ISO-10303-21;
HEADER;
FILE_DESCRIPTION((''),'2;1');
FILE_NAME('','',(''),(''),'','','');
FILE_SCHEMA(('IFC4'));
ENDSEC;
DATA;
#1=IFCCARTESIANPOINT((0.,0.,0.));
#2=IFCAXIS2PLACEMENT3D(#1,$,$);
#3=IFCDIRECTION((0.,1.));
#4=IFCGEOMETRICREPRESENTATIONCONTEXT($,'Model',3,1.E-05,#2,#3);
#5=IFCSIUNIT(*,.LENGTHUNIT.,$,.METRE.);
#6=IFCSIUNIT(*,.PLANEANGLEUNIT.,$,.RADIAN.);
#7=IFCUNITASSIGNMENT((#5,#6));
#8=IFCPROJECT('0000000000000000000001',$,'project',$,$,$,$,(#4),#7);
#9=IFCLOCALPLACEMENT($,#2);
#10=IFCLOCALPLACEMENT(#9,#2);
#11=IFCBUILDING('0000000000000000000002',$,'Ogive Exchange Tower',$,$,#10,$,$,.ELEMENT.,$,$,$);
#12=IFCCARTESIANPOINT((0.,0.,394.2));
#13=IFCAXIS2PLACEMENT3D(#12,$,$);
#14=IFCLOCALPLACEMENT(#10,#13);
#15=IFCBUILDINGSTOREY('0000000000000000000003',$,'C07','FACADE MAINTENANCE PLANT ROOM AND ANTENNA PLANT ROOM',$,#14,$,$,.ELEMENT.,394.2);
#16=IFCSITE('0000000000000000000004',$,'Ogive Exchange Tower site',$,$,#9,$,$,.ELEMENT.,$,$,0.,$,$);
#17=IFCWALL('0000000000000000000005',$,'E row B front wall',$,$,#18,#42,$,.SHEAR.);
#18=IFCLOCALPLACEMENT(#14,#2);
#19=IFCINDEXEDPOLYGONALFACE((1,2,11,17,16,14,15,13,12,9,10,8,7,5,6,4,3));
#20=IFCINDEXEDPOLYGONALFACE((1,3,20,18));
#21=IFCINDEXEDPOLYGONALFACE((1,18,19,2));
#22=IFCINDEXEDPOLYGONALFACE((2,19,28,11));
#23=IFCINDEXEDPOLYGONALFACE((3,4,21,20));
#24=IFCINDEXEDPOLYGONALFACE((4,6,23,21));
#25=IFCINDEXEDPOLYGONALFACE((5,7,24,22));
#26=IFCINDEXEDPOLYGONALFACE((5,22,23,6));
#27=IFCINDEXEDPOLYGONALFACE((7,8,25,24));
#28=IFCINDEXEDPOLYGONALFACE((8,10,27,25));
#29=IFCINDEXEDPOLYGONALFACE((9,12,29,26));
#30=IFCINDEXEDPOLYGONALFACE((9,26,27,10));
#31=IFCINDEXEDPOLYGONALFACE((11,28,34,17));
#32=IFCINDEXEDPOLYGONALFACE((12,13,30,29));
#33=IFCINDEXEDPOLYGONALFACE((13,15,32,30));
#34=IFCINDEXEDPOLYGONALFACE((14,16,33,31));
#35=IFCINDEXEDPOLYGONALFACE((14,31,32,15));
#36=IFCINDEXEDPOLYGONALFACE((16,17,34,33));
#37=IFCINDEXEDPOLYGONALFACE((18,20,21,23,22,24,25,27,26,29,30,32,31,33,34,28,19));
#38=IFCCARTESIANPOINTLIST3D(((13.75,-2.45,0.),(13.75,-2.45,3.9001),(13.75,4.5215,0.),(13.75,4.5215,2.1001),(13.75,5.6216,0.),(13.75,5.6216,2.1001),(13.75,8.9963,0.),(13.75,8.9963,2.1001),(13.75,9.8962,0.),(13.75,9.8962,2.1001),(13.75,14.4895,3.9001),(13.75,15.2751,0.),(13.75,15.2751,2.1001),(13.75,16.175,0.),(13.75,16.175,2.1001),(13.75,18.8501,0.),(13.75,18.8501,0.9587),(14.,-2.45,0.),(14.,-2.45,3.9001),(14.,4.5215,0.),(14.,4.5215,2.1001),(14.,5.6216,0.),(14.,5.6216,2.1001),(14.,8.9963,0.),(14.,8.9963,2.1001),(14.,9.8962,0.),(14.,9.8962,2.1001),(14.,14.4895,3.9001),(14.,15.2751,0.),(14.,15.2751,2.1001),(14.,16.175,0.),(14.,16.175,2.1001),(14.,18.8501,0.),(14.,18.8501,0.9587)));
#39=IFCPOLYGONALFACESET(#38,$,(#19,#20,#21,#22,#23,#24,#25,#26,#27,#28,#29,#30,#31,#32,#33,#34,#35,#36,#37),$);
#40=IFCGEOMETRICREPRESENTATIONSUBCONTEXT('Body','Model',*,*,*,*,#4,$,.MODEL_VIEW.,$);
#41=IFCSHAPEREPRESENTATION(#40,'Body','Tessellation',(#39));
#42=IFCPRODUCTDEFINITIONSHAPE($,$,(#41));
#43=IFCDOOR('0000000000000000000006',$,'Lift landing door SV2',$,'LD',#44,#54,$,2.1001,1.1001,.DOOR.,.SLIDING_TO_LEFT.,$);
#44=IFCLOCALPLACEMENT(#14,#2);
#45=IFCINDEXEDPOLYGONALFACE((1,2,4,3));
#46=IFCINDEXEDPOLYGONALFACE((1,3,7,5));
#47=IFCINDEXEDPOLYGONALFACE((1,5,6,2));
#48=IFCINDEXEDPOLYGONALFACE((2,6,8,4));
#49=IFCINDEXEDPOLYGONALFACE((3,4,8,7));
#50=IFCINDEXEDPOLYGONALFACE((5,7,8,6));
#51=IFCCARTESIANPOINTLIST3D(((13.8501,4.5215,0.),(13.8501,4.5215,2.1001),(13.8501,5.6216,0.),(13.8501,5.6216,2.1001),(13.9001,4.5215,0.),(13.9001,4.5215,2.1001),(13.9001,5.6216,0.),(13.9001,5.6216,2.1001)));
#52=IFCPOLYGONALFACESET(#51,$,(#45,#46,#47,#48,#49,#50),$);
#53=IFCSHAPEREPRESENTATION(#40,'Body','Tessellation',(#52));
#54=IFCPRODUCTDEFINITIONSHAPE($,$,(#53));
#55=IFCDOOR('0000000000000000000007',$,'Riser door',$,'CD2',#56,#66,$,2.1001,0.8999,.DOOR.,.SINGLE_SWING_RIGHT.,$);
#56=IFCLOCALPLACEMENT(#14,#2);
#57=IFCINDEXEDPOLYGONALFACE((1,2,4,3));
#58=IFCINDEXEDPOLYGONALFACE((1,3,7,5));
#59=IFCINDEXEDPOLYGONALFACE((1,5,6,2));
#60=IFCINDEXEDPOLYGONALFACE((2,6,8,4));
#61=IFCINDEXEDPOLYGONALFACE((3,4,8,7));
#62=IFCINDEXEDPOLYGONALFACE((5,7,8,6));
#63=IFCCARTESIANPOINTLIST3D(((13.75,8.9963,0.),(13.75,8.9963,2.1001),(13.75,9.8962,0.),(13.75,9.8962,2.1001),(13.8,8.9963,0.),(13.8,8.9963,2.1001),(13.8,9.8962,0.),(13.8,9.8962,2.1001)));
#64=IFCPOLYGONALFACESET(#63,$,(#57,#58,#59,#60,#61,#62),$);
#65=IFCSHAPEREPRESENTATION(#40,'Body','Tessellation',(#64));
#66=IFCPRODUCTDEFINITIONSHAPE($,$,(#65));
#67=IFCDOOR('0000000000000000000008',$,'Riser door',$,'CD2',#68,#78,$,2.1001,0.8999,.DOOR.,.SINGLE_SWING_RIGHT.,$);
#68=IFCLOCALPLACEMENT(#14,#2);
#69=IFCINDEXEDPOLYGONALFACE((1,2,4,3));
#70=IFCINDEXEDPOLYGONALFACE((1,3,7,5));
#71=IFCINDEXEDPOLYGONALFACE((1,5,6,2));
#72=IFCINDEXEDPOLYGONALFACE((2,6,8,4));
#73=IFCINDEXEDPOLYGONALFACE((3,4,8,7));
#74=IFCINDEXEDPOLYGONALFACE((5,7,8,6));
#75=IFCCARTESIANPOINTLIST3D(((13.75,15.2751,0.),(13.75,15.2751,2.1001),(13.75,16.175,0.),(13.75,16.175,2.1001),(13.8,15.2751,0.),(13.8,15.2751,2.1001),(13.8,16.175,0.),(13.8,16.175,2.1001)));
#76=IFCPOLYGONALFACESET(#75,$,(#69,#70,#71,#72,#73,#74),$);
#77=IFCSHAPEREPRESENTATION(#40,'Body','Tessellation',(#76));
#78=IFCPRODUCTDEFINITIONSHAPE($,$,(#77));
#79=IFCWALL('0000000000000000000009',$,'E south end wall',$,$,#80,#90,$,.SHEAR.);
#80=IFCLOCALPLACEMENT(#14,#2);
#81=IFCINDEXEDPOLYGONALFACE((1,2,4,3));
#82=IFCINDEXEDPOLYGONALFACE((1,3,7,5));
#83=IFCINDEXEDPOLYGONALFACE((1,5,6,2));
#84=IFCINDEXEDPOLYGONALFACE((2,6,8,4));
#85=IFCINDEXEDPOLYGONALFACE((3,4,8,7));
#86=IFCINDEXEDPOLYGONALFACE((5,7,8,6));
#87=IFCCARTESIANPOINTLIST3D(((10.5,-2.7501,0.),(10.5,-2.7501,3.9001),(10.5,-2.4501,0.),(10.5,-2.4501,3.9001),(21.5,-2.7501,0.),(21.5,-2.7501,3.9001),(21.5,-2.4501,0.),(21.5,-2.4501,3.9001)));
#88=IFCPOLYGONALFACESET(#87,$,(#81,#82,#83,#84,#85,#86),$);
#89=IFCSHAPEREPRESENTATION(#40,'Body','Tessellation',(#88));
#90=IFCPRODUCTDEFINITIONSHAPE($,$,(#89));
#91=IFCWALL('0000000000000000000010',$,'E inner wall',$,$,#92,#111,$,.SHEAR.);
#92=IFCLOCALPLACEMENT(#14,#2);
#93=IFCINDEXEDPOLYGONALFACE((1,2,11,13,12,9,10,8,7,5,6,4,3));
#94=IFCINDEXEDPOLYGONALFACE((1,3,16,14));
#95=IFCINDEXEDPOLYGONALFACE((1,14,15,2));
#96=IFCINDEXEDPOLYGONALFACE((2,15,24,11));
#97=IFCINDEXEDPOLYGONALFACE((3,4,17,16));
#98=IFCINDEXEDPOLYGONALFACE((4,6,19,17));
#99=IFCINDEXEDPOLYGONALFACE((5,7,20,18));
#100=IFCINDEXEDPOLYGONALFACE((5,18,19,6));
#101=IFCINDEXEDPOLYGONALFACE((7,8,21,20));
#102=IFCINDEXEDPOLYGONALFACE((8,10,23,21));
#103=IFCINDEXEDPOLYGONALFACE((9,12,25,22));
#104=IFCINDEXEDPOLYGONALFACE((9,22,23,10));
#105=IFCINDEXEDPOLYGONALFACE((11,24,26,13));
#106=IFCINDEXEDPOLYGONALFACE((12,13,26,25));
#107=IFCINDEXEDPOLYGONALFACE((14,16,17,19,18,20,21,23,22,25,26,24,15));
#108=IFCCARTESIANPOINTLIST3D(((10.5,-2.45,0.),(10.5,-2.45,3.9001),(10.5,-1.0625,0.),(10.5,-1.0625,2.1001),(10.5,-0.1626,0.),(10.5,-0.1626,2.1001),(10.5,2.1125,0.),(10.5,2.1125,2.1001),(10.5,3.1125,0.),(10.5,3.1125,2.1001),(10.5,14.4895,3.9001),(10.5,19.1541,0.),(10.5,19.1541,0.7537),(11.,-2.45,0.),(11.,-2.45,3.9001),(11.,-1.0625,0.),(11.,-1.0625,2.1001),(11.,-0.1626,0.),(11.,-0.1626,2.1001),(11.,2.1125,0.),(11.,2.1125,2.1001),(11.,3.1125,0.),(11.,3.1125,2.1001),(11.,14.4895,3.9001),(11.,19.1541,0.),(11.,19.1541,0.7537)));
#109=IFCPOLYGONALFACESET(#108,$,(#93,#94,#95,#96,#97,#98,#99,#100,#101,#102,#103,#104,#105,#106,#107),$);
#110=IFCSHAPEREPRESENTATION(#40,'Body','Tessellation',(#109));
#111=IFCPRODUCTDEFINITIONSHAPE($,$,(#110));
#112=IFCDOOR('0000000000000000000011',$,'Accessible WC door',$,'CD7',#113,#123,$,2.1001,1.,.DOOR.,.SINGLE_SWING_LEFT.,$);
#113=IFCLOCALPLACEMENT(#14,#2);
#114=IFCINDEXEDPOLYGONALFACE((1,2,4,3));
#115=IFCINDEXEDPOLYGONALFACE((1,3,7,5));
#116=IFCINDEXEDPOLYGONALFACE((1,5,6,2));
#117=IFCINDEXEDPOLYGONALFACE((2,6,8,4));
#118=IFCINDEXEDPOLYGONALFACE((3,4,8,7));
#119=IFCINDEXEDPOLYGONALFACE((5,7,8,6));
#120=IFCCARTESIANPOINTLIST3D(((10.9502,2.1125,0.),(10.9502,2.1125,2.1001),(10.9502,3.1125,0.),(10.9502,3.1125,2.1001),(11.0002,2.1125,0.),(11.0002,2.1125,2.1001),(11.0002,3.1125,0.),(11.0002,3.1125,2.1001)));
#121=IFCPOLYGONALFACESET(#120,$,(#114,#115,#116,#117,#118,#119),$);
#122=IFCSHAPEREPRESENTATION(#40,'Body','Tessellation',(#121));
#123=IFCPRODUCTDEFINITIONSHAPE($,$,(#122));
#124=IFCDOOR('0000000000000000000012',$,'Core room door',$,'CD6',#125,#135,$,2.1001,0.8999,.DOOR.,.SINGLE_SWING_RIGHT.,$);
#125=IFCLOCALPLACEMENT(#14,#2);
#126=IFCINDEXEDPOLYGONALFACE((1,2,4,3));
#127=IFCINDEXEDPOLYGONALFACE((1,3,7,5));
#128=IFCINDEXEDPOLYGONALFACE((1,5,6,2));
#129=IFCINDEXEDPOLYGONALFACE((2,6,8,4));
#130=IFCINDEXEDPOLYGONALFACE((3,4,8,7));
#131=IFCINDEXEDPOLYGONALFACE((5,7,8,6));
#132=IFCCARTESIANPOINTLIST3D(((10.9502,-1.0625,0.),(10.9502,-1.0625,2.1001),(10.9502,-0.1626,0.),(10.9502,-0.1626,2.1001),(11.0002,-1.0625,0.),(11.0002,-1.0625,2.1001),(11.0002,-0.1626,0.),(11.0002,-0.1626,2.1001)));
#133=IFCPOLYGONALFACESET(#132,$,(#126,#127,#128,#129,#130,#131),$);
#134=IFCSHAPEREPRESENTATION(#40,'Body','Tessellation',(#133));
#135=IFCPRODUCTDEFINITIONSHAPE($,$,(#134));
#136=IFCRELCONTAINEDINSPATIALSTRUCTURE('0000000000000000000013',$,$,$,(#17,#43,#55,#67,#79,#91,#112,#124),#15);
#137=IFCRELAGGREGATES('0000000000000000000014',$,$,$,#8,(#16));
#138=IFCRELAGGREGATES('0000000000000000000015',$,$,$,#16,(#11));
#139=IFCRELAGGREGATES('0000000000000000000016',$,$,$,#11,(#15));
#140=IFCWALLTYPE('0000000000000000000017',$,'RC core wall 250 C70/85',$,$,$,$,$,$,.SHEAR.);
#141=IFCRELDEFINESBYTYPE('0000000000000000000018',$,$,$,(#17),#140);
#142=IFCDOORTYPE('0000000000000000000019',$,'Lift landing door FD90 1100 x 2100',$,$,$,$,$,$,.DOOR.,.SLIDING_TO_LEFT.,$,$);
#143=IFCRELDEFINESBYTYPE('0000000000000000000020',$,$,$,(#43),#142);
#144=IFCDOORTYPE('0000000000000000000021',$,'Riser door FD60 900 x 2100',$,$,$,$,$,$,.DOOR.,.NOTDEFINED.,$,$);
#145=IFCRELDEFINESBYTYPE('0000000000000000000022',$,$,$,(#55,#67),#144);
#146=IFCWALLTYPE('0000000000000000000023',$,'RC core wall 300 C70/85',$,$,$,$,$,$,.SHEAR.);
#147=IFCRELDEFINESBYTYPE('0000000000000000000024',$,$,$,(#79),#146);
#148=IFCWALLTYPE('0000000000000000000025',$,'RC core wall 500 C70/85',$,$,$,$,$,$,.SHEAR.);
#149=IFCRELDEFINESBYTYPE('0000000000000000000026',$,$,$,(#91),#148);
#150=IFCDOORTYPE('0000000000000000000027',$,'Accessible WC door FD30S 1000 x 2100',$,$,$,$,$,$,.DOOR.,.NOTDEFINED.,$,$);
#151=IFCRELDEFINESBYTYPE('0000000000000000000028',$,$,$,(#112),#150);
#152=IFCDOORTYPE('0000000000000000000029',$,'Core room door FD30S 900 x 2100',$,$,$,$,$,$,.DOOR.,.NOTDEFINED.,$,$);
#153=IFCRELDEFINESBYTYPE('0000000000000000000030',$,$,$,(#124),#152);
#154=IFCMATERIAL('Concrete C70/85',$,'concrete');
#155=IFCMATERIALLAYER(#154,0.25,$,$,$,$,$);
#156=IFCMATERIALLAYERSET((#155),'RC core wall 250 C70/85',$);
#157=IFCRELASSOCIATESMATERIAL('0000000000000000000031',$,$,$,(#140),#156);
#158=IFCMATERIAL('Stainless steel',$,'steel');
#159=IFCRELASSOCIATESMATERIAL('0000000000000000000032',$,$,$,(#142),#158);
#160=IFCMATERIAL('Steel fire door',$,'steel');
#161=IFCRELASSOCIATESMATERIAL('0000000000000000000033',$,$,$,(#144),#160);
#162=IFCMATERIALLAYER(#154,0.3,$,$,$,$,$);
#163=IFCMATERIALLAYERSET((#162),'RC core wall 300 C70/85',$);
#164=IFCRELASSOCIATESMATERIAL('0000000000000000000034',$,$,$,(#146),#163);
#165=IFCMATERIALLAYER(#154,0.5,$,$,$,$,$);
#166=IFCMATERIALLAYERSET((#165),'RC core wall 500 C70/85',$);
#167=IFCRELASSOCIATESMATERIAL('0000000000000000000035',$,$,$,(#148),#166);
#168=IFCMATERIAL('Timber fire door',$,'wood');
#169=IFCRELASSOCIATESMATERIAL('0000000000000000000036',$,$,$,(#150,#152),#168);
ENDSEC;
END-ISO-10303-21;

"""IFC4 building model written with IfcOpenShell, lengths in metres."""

from ifc_helpers import new_model, si_unit, direction, frame, frame_2d, origin, place, context, subcontext, project, spatial, polyline, rectangle, outline, extrude, material, layer, layer_set, type_object, element, fill, save


model = new_model("IFC4")

# Units and contexts
model_context = context("Model", 3, precision=1e-05, world=origin(), true_north=direction((0.0, 1.0)))
body_context = subcontext(model_context, "Body", "Model", "MODEL_VIEW")
ifc_project = project(units=[si_unit("LENGTHUNIT", "METRE"), si_unit("PLANEANGLEUNIT", "RADIAN")], contexts=[model_context])

# Site, building, storey
site_placement = place(None, origin())
site = spatial("IfcSite", under=ifc_project, at=site_placement, Name="Ogive Exchange Tower site", CompositionType="ELEMENT", RefElevation=0.0)
building_placement = place(site_placement, origin())
building = spatial("IfcBuilding", under=site, at=building_placement, Name="Ogive Exchange Tower", CompositionType="ELEMENT")
storey_placement = place(building_placement, frame((0.0, 0.0, 394.2)))
storey = spatial("IfcBuildingStorey", under=building, at=storey_placement, Name="C07", Description="FACADE MAINTENANCE PLANT ROOM AND ANTENNA PLANT ROOM", CompositionType="ELEMENT", Elevation=394.2)

# Shared definitions
ifc_material_1 = material(Name="Concrete C70/85", Category="concrete")

# Shared definitions
ifc_layer_1 = layer(ifc_material_1, 0.25)
ifc_layer_set_1 = layer_set([ifc_layer_1], Name="RC core wall 250 C70/85")
wall_type_1 = type_object("IfcWallType", Name="RC core wall 250 C70/85", PredefinedType="SHEAR", material=ifc_layer_set_1)
ifc_material_2 = material(Name="Steel fire door", Category="steel")

# Wall, openings, doors
wall_1_placement = place(storey_placement, frame((13.875, -2.45, 0.0), z_axis=(0.0, 0.0, 1.0), x_axis=(0.0, 1.0, 0.0)))
wall_1 = element("IfcWall", 1, at=wall_1_placement, inside=storey, type_object=wall_type_1, Name="E row B front wall", PredefinedType="SHEAR", context=body_context, shape_type="SweptSolid", body=[
    extrude(outline(polyline([(0.0, 0.0), (21.3, 0.0), (21.3, 0.9587), (16.9395, 3.9001), (0.0, 3.9001), (0.0, 0.0)])), frame((0.0, 0.125, 0.0), z_axis=(0.0, -1.0, 0.0), x_axis=(1.0, 0.0, 0.0)), (0.0, 0.0, 1.0), 0.25),
])
opening_1_placement = place(wall_1_placement, frame((11.4463, 0.0, 0.0)))
opening_1 = element("IfcOpeningElement", 2, at=opening_1_placement, cuts=wall_1, PredefinedType="OPENING", context=body_context, shape_type="SweptSolid", body=[
    extrude(rectangle(XDim=0.8999, YDim=2.1001, at=frame_2d((0.45, 1.05))), frame((0.0, 0.135, 0.0), z_axis=(0.0, -1.0, 0.0), x_axis=(1.0, 0.0, 0.0)), (0.0, 0.0, 1.0), 0.27),
])
opening_2_placement = place(wall_1_placement, frame((17.7251, 0.0, 0.0)))
opening_2 = element("IfcOpeningElement", 3, at=opening_2_placement, cuts=wall_1, PredefinedType="OPENING", context=body_context, shape_type="SweptSolid", body=[
    extrude(rectangle(XDim=0.8999, YDim=2.1001, at=frame_2d((0.45, 1.05))), frame((0.0, 0.135, 0.0), z_axis=(0.0, -1.0, 0.0), x_axis=(1.0, 0.0, 0.0)), (0.0, 0.0, 1.0), 0.27),
])
opening_3_placement = place(wall_1_placement, frame((6.9714, 0.0, 0.0)))
opening_3 = element("IfcOpeningElement", 4, at=opening_3_placement, cuts=wall_1, PredefinedType="OPENING", context=body_context, shape_type="SweptSolid", body=[
    extrude(rectangle(XDim=1.1001, YDim=2.1001, at=frame_2d((0.55, 1.05))), frame((0.0, 0.135, 0.0), z_axis=(0.0, -1.0, 0.0), x_axis=(1.0, 0.0, 0.0)), (0.0, 0.0, 1.0), 0.27),
])
ifc_material_3 = material(Name="Stainless steel", Category="steel")
door_type_1 = type_object("IfcDoorType", Name="Lift landing door FD90 1100 x 2100", OperationType="SLIDING_TO_LEFT", PredefinedType="DOOR", material=ifc_material_3)
door_1_placement = place(opening_3_placement, origin())
door_1 = element("IfcDoor", 5, at=door_1_placement, inside=storey, type_object=door_type_1, Name="Lift landing door SV2", ObjectType="LD", OperationType="SLIDING_TO_LEFT", OverallHeight=2.1001, OverallWidth=1.1001, PredefinedType="DOOR", context=body_context, shape_type="SweptSolid", body=[
    extrude(rectangle(XDim=1.1001, YDim=2.1001, at=frame_2d((0.55, 1.05))), frame((0.0, 0.0249, 0.0), z_axis=(0.0, -1.0, 0.0), x_axis=(1.0, 0.0, 0.0)), (0.0, 0.0, 1.0), 0.05),
])
fill(opening_3, door_1)
door_type_2 = type_object("IfcDoorType", Name="Riser door FD60 900 x 2100", OperationType="NOTDEFINED", PredefinedType="DOOR", material=ifc_material_2)
door_2_placement = place(opening_1_placement, origin())
door_2 = element("IfcDoor", 6, at=door_2_placement, inside=storey, type_object=door_type_2, Name="Riser door", ObjectType="CD2", OperationType="SINGLE_SWING_RIGHT", OverallHeight=2.1001, OverallWidth=0.8999, PredefinedType="DOOR", context=body_context, shape_type="SweptSolid", body=[
    extrude(rectangle(XDim=0.8999, YDim=2.1001, at=frame_2d((0.45, 1.05))), frame((0.0, 0.125, 0.0), z_axis=(0.0, -1.0, 0.0), x_axis=(1.0, 0.0, 0.0)), (0.0, 0.0, 1.0), 0.05),
])
fill(opening_1, door_2)
door_3_placement = place(opening_2_placement, origin())
door_3 = element("IfcDoor", 7, at=door_3_placement, inside=storey, type_object=door_type_2, Name="Riser door", ObjectType="CD2", OperationType="SINGLE_SWING_RIGHT", OverallHeight=2.1001, OverallWidth=0.8999, PredefinedType="DOOR", context=body_context, shape_type="SweptSolid", body=[
    extrude(rectangle(XDim=0.8999, YDim=2.1001, at=frame_2d((0.45, 1.05))), frame((0.0, 0.125, 0.0), z_axis=(0.0, -1.0, 0.0), x_axis=(1.0, 0.0, 0.0)), (0.0, 0.0, 1.0), 0.05),
])
fill(opening_2, door_3)

# Wall
ifc_layer_2 = layer(ifc_material_1, 0.3)
ifc_layer_set_2 = layer_set([ifc_layer_2], Name="RC core wall 300 C70/85")
wall_type_2 = type_object("IfcWallType", Name="RC core wall 300 C70/85", PredefinedType="SHEAR", material=ifc_layer_set_2)
wall_2_placement = place(storey_placement, frame((10.5, -2.6001, 0.0), z_axis=(0.0, 0.0, 1.0), x_axis=(1.0, 0.0, 0.0)))
element("IfcWall", 8, at=wall_2_placement, inside=storey, type_object=wall_type_2, Name="E south end wall", PredefinedType="SHEAR", context=body_context, shape_type="SweptSolid", body=[
    extrude(rectangle(XDim=11.0, YDim=0.3, at=frame_2d((5.5, 0.0))), origin(), (0.0, 0.0, 1.0), 3.9001),
])

# Wall, openings, doors
ifc_layer_3 = layer(ifc_material_1, 0.5)
ifc_layer_set_3 = layer_set([ifc_layer_3], Name="RC core wall 500 C70/85")
wall_type_3 = type_object("IfcWallType", Name="RC core wall 500 C70/85", PredefinedType="SHEAR", material=ifc_layer_set_3)
wall_3_placement = place(storey_placement, frame((10.75, -2.45, 0.0), z_axis=(0.0, 0.0, 1.0), x_axis=(0.0, 1.0, 0.0)))
wall_3 = element("IfcWall", 9, at=wall_3_placement, inside=storey, type_object=wall_type_3, Name="E inner wall", PredefinedType="SHEAR", context=body_context, shape_type="SweptSolid", body=[
    extrude(outline(polyline([(0.0, 0.0), (21.604, 0.0), (21.604, 0.7537), (16.9395, 3.9001), (0.0, 3.9001), (0.0, 0.0)])), frame((0.0, 0.25, 0.0), z_axis=(0.0, -1.0, 0.0), x_axis=(1.0, 0.0, 0.0)), (0.0, 0.0, 1.0), 0.5),
])
opening_4_placement = place(wall_3_placement, frame((1.3875, 0.0, 0.0)))
opening_4 = element("IfcOpeningElement", 10, at=opening_4_placement, cuts=wall_3, PredefinedType="OPENING", context=body_context, shape_type="SweptSolid", body=[
    extrude(rectangle(XDim=0.8999, YDim=2.1001, at=frame_2d((0.45, 1.05))), frame((0.0, 0.26, 0.0), z_axis=(0.0, -1.0, 0.0), x_axis=(1.0, 0.0, 0.0)), (0.0, 0.0, 1.0), 0.52),
])
opening_5_placement = place(wall_3_placement, frame((4.5625, 0.0, 0.0)))
opening_5 = element("IfcOpeningElement", 11, at=opening_5_placement, cuts=wall_3, PredefinedType="OPENING", context=body_context, shape_type="SweptSolid", body=[
    extrude(rectangle(XDim=1.0, YDim=2.1001, at=frame_2d((0.5, 1.05))), frame((0.0, 0.26, 0.0), z_axis=(0.0, -1.0, 0.0), x_axis=(1.0, 0.0, 0.0)), (0.0, 0.0, 1.0), 0.52),
])
ifc_material_4 = material(Name="Timber fire door", Category="wood")
door_type_3 = type_object("IfcDoorType", Name="Accessible WC door FD30S 1000 x 2100", OperationType="NOTDEFINED", PredefinedType="DOOR", material=ifc_material_4)
door_4_placement = place(opening_5_placement, origin())
door_4 = element("IfcDoor", 12, at=door_4_placement, inside=storey, type_object=door_type_3, Name="Accessible WC door", ObjectType="CD7", OperationType="SINGLE_SWING_LEFT", OverallHeight=2.1001, OverallWidth=1.0, PredefinedType="DOOR", context=body_context, shape_type="SweptSolid", body=[
    extrude(rectangle(XDim=1.0, YDim=2.1001, at=frame_2d((0.5, 1.05))), frame((0.0, -0.2002, 0.0), z_axis=(0.0, -1.0, 0.0), x_axis=(1.0, 0.0, 0.0)), (0.0, 0.0, 1.0), 0.05),
])
fill(opening_5, door_4)
door_type_4 = type_object("IfcDoorType", Name="Core room door FD30S 900 x 2100", OperationType="NOTDEFINED", PredefinedType="DOOR", material=ifc_material_4)
door_5_placement = place(opening_4_placement, origin())
door_5 = element("IfcDoor", 13, at=door_5_placement, inside=storey, type_object=door_type_4, Name="Core room door", ObjectType="CD6", OperationType="SINGLE_SWING_RIGHT", OverallHeight=2.1001, OverallWidth=0.8999, PredefinedType="DOOR", context=body_context, shape_type="SweptSolid", body=[
    extrude(rectangle(XDim=0.8999, YDim=2.1001, at=frame_2d((0.45, 1.05))), frame((0.0, -0.2002, 0.0), z_axis=(0.0, -1.0, 0.0), x_axis=(1.0, 0.0, 0.0)), (0.0, 0.0, 1.0), 0.05),
])
fill(opening_4, door_5)

save(model, "model.ifc")
